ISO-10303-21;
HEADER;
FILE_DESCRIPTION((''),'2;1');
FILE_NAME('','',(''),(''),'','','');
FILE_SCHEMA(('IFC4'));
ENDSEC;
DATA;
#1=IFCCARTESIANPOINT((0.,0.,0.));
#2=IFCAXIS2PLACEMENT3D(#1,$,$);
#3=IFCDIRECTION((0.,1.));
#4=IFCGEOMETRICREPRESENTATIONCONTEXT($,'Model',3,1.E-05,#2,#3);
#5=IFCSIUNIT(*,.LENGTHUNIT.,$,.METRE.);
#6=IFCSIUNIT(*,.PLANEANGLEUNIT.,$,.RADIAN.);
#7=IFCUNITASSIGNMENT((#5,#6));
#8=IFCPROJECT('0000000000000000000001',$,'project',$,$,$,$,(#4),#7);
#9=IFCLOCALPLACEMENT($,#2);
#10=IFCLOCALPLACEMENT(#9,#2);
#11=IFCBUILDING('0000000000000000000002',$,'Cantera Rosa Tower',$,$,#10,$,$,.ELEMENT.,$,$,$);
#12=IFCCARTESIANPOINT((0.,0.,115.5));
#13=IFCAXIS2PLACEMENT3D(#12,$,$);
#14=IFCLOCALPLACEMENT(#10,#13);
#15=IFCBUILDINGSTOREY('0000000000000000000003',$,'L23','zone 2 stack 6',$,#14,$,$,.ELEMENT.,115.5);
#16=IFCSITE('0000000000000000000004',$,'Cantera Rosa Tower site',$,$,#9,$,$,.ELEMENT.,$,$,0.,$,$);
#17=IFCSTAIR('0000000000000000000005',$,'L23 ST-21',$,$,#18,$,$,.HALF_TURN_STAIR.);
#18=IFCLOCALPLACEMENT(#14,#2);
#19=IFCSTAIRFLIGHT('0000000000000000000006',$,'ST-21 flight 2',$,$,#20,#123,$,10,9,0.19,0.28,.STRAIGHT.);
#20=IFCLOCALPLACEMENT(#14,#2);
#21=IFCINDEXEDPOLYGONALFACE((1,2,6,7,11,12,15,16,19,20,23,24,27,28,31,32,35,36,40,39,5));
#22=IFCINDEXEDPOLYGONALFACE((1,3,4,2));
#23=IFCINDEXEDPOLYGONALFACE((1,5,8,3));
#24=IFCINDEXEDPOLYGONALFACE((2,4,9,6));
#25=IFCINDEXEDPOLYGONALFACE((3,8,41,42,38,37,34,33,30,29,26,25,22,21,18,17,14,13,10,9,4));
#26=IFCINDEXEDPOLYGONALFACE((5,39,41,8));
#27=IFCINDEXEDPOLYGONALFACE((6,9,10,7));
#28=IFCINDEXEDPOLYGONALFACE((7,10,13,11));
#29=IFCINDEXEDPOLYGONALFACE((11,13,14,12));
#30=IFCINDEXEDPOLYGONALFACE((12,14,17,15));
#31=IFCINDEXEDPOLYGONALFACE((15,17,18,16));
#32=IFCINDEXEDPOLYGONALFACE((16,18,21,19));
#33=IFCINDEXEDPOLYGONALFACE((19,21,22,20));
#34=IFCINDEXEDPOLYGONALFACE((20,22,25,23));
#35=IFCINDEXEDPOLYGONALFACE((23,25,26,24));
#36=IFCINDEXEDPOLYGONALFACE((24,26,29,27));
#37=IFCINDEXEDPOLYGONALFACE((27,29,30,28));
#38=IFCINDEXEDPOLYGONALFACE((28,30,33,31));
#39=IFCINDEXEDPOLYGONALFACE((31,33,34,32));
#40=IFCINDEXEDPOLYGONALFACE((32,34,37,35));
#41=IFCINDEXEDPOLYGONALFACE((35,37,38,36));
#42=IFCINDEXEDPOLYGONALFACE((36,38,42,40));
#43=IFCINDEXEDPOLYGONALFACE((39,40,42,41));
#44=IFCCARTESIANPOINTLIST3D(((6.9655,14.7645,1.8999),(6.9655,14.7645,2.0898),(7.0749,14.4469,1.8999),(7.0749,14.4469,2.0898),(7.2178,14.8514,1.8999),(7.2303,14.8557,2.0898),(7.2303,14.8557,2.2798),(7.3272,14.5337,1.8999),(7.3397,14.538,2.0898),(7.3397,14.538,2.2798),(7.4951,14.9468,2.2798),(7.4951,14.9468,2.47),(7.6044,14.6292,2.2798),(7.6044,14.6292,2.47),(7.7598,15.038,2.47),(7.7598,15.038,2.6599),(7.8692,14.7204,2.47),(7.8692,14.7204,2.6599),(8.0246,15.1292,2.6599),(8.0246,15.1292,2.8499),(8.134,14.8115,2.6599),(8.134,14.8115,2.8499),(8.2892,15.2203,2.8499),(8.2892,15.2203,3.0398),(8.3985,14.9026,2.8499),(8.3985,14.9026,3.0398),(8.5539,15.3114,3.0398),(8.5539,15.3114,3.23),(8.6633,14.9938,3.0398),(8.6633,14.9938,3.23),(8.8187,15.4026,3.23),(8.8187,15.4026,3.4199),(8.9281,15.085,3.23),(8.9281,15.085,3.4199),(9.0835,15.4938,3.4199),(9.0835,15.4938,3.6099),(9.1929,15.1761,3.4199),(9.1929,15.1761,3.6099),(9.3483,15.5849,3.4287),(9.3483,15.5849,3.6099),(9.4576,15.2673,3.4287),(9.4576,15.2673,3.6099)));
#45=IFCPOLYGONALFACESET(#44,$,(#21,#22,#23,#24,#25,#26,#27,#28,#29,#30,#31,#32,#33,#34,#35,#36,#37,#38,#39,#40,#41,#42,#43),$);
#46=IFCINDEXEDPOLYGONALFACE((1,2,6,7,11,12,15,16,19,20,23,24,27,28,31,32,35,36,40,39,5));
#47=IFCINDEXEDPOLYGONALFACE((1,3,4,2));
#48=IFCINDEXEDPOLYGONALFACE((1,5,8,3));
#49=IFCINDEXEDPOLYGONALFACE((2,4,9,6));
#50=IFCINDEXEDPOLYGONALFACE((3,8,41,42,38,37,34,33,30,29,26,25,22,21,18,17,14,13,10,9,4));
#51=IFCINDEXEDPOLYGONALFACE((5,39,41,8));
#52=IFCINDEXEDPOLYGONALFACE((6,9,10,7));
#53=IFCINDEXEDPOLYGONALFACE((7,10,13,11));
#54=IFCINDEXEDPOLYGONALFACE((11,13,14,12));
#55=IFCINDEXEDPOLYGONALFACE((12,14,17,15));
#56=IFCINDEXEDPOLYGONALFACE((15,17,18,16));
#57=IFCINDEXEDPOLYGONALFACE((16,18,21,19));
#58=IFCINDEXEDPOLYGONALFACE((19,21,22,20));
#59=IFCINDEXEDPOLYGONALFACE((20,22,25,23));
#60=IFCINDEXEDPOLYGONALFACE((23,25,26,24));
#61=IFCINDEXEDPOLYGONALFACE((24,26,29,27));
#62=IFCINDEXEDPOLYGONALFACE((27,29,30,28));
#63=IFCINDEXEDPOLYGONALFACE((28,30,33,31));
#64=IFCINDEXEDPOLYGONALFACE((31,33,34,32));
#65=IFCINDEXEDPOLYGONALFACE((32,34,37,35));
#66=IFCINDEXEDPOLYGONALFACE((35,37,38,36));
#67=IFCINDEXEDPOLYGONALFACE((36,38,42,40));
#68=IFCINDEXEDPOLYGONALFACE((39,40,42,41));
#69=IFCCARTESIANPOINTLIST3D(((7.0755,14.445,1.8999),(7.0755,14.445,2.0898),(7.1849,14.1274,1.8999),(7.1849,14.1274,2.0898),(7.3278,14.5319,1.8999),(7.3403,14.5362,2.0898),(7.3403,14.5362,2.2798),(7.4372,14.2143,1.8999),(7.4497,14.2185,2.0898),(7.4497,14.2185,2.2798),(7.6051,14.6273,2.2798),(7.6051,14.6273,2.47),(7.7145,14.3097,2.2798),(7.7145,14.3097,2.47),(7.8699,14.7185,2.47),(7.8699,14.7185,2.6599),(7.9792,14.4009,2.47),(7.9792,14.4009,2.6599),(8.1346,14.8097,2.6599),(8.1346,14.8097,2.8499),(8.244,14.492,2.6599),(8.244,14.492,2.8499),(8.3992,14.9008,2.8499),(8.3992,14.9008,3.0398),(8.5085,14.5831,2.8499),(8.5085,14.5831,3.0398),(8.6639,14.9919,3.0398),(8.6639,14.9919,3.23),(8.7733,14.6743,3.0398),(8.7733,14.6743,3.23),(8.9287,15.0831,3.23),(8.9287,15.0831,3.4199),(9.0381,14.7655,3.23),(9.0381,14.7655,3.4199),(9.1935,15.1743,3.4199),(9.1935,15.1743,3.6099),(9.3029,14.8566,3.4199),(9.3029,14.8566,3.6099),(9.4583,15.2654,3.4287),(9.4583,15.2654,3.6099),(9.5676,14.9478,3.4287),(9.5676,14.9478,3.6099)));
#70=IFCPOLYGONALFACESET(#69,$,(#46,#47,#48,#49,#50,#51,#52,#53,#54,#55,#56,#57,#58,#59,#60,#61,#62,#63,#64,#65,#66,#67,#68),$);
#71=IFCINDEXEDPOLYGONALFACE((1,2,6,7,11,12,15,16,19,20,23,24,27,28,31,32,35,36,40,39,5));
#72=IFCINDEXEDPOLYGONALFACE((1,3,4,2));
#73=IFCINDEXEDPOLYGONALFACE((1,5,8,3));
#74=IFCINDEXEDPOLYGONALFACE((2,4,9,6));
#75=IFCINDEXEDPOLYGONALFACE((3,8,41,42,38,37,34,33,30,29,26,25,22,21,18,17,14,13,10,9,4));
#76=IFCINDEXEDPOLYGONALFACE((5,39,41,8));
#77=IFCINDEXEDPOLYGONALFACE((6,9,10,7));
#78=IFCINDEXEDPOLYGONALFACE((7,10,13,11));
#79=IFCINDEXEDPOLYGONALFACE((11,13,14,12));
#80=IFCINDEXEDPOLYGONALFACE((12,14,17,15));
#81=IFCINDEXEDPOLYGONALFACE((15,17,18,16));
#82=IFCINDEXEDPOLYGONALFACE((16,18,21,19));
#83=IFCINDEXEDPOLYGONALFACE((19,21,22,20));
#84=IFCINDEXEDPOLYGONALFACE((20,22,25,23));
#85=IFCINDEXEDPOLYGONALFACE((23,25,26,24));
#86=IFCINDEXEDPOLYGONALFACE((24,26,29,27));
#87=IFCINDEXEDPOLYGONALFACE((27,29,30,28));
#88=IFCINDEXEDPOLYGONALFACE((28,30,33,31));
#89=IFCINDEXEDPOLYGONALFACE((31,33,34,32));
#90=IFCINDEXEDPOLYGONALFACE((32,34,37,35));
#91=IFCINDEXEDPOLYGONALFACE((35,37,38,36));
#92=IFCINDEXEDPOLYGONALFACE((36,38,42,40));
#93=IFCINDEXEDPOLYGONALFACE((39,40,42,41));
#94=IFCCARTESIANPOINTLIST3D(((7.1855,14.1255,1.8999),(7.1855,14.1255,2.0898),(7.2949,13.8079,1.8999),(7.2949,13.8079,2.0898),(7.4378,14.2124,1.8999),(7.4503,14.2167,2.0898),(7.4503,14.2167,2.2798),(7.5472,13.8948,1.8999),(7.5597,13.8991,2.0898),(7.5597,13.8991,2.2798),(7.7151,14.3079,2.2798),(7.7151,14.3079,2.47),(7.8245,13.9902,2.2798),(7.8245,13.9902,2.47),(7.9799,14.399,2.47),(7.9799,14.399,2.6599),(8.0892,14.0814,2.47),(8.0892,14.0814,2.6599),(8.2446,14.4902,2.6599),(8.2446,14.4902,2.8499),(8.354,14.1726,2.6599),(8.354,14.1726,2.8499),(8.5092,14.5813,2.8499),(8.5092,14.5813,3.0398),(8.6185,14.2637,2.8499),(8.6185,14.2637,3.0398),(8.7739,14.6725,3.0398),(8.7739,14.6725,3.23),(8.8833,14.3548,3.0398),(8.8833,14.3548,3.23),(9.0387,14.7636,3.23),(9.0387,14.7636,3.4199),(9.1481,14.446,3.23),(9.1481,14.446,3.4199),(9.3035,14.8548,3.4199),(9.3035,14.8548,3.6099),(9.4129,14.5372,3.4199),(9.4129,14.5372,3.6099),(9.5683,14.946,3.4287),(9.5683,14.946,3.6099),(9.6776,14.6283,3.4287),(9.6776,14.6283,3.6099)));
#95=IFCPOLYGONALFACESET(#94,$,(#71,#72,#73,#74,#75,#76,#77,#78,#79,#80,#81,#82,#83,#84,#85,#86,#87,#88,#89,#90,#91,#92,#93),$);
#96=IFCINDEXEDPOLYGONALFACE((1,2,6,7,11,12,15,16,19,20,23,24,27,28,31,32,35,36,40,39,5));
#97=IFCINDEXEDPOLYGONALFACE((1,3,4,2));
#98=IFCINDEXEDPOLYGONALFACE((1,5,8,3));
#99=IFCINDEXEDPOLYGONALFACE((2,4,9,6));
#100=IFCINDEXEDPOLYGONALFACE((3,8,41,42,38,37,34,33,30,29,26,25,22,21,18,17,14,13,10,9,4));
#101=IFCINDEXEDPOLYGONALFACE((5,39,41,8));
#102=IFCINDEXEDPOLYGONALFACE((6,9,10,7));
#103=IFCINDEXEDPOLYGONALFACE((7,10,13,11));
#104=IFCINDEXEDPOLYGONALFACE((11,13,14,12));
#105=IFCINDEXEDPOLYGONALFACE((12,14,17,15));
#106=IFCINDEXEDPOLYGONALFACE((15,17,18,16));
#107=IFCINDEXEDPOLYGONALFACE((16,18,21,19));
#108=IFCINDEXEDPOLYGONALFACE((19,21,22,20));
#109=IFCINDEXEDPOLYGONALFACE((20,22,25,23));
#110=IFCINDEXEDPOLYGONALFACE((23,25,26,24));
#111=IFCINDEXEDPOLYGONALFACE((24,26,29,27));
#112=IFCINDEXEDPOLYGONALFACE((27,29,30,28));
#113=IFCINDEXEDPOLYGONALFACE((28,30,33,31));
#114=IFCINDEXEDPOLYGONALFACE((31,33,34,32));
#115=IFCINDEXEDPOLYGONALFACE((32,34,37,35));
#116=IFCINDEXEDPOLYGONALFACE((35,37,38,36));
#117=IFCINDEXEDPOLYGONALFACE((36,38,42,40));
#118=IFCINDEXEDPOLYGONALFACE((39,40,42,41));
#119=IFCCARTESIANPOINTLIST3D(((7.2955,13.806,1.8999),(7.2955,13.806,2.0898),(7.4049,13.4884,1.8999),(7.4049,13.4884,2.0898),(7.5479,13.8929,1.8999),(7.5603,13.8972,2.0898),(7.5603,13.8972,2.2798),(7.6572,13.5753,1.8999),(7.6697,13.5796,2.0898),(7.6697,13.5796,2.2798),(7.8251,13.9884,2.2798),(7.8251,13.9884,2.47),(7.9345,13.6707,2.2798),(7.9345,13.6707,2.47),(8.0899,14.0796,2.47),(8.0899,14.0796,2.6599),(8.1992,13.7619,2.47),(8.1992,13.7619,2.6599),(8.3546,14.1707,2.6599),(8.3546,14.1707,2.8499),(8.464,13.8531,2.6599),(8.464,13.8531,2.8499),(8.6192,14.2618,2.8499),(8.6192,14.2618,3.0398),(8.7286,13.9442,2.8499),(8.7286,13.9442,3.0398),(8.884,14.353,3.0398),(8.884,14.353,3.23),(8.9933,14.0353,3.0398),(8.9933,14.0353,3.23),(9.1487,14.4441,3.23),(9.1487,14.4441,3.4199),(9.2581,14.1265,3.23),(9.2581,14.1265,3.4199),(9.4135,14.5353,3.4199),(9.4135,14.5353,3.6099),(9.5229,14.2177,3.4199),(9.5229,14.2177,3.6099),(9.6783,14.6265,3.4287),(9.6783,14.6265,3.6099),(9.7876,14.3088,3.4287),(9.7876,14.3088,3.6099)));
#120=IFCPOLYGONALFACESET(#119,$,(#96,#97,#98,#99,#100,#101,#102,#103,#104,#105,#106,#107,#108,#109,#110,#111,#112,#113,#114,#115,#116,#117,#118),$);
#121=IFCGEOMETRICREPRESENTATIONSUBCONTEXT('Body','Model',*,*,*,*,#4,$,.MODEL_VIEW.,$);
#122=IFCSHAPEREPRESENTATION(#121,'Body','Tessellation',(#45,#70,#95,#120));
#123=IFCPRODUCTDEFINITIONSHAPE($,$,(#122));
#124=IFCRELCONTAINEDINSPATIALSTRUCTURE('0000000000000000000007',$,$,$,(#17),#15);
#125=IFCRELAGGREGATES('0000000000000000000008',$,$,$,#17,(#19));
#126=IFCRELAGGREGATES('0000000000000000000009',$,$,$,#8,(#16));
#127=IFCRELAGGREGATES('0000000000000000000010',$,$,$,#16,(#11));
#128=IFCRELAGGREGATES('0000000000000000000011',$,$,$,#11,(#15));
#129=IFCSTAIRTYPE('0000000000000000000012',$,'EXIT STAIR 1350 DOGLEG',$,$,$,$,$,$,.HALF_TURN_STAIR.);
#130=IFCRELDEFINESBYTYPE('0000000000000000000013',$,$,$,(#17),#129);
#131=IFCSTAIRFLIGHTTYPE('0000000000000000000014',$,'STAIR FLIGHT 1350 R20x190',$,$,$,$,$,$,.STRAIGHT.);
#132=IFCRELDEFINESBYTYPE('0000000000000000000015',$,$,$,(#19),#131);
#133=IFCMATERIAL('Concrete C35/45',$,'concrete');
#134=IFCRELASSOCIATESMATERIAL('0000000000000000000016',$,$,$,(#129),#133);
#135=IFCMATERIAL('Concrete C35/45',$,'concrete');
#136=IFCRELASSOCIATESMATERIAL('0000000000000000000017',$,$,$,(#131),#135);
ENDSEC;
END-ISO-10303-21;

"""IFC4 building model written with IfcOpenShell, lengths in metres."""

from ifc_helpers import new_model, si_unit, direction, frame, origin, place, context, subcontext, project, spatial, polyline, outline, extrude, material, type_object, element, aggregate, save


model = new_model("IFC4")

# Units and contexts
model_context = context("Model", 3, precision=1e-05, world=origin(), true_north=direction((0.0, 1.0)))
body_context = subcontext(model_context, "Body", "Model", "MODEL_VIEW")
ifc_project = project(units=[si_unit("LENGTHUNIT", "METRE"), si_unit("PLANEANGLEUNIT", "RADIAN")], contexts=[model_context])

# Site, building, storey
site_placement = place(None, origin())
site = spatial("IfcSite", under=ifc_project, at=site_placement, Name="Cantera Rosa Tower site", CompositionType="ELEMENT", RefElevation=0.0)
building_placement = place(site_placement, origin())
building = spatial("IfcBuilding", under=site, at=building_placement, Name="Cantera Rosa Tower", CompositionType="ELEMENT")
storey_placement = place(building_placement, frame((0.0, 0.0, 115.5)))
storey = spatial("IfcBuildingStorey", under=building, at=storey_placement, Name="L23", Description="zone 2 stack 6", CompositionType="ELEMENT", Elevation=115.5)

# Stair, stair flight
ifc_material_1 = material(Name="Concrete C35/45", Category="concrete")
stair_type = type_object("IfcStairType", Name="EXIT STAIR 1350 DOGLEG", PredefinedType="HALF_TURN_STAIR", material=ifc_material_1)
stair_placement = place(storey_placement, origin())
stair = element("IfcStair", 1, at=stair_placement, inside=storey, type_object=stair_type, Name="L23 ST-21", PredefinedType="HALF_TURN_STAIR")
ifc_material_2 = material(Name="Concrete C35/45", Category="concrete")
stair_flight_type = type_object("IfcStairFlightType", Name="STAIR FLIGHT 1350 R20x190", PredefinedType="STRAIGHT", material=ifc_material_2)
stair_flight_1_placement = place(storey_placement, frame((7.1853, 14.1262, 1.8999), z_axis=(0.0, 0.0, 1.0), x_axis=(0.945519, 0.325568, 0.0)))
stair_flight_1 = element("IfcStairFlight", 2, at=stair_flight_1_placement, type_object=stair_flight_type, Name="ST-21 flight 2", NumberOfRisers=10, NumberOfTreads=9, PredefinedType="STRAIGHT", RiserHeight=0.19, TreadLength=0.28, context=body_context, shape_type="SweptSolid", body=[
    extrude(outline(polyline([(0.0, 0.0), (0.0, 0.1899), (0.28, 0.1899), (0.28, 0.3799), (0.5601, 0.3799), (0.5601, 0.5701), (0.8401, 0.5701), (0.8401, 0.76), (1.1201, 0.76), (1.1201, 0.95), (1.3999, 0.95), (1.3999, 1.1399), (1.6799, 1.1399), (1.6799, 1.3301), (1.96, 1.3301), (1.96, 1.52), (2.24, 1.52), (2.24, 1.71), (2.52, 1.71), (2.52, 1.8999), (2.52, 1.5288), (0.2668, 0.0), (0.0, 0.0)])), frame((0.0, 0.675, 0.0), z_axis=(0.0, -1.0, 0.0), x_axis=(1.0, 0.0, 0.0)), (0.0, 0.0, 1.0), 0.3359),
    extrude(outline(polyline([(0.0, 0.0), (0.0, 0.1899), (0.28, 0.1899), (0.28, 0.3799), (0.5601, 0.3799), (0.5601, 0.5701), (0.8401, 0.5701), (0.8401, 0.76), (1.1201, 0.76), (1.1201, 0.95), (1.3999, 0.95), (1.3999, 1.1399), (1.6799, 1.1399), (1.6799, 1.3301), (1.96, 1.3301), (1.96, 1.52), (2.24, 1.52), (2.24, 1.71), (2.52, 1.71), (2.52, 1.8999), (2.52, 1.5288), (0.2668, 0.0), (0.0, 0.0)])), frame((0.0, 0.3372, 0.0), z_axis=(0.0, -1.0, 0.0), x_axis=(1.0, 0.0, 0.0)), (0.0, 0.0, 1.0), 0.3359),
    extrude(outline(polyline([(0.0, 0.0), (0.0, 0.1899), (0.28, 0.1899), (0.28, 0.3799), (0.5601, 0.3799), (0.5601, 0.5701), (0.8401, 0.5701), (0.8401, 0.76), (1.1201, 0.76), (1.1201, 0.95), (1.3999, 0.95), (1.3999, 1.1399), (1.6799, 1.1399), (1.6799, 1.3301), (1.96, 1.3301), (1.96, 1.52), (2.24, 1.52), (2.24, 1.71), (2.52, 1.71), (2.52, 1.8999), (2.52, 1.5288), (0.2668, 0.0), (0.0, 0.0)])), frame((0.0, -0.0007, 0.0), z_axis=(0.0, -1.0, 0.0), x_axis=(1.0, 0.0, 0.0)), (0.0, 0.0, 1.0), 0.3359),
    extrude(outline(polyline([(0.0, 0.0), (0.0, 0.1899), (0.28, 0.1899), (0.28, 0.3799), (0.5601, 0.3799), (0.5601, 0.5701), (0.8401, 0.5701), (0.8401, 0.76), (1.1201, 0.76), (1.1201, 0.95), (1.3999, 0.95), (1.3999, 1.1399), (1.6799, 1.1399), (1.6799, 1.3301), (1.96, 1.3301), (1.96, 1.52), (2.24, 1.52), (2.24, 1.71), (2.52, 1.71), (2.52, 1.8999), (2.52, 1.5288), (0.2668, 0.0), (0.0, 0.0)])), frame((0.0, -0.3386, 0.0), z_axis=(0.0, -1.0, 0.0), x_axis=(1.0, 0.0, 0.0)), (0.0, 0.0, 1.0), 0.3359),
])
aggregate(stair, [stair_flight_1])

save(model, "model.ifc")
